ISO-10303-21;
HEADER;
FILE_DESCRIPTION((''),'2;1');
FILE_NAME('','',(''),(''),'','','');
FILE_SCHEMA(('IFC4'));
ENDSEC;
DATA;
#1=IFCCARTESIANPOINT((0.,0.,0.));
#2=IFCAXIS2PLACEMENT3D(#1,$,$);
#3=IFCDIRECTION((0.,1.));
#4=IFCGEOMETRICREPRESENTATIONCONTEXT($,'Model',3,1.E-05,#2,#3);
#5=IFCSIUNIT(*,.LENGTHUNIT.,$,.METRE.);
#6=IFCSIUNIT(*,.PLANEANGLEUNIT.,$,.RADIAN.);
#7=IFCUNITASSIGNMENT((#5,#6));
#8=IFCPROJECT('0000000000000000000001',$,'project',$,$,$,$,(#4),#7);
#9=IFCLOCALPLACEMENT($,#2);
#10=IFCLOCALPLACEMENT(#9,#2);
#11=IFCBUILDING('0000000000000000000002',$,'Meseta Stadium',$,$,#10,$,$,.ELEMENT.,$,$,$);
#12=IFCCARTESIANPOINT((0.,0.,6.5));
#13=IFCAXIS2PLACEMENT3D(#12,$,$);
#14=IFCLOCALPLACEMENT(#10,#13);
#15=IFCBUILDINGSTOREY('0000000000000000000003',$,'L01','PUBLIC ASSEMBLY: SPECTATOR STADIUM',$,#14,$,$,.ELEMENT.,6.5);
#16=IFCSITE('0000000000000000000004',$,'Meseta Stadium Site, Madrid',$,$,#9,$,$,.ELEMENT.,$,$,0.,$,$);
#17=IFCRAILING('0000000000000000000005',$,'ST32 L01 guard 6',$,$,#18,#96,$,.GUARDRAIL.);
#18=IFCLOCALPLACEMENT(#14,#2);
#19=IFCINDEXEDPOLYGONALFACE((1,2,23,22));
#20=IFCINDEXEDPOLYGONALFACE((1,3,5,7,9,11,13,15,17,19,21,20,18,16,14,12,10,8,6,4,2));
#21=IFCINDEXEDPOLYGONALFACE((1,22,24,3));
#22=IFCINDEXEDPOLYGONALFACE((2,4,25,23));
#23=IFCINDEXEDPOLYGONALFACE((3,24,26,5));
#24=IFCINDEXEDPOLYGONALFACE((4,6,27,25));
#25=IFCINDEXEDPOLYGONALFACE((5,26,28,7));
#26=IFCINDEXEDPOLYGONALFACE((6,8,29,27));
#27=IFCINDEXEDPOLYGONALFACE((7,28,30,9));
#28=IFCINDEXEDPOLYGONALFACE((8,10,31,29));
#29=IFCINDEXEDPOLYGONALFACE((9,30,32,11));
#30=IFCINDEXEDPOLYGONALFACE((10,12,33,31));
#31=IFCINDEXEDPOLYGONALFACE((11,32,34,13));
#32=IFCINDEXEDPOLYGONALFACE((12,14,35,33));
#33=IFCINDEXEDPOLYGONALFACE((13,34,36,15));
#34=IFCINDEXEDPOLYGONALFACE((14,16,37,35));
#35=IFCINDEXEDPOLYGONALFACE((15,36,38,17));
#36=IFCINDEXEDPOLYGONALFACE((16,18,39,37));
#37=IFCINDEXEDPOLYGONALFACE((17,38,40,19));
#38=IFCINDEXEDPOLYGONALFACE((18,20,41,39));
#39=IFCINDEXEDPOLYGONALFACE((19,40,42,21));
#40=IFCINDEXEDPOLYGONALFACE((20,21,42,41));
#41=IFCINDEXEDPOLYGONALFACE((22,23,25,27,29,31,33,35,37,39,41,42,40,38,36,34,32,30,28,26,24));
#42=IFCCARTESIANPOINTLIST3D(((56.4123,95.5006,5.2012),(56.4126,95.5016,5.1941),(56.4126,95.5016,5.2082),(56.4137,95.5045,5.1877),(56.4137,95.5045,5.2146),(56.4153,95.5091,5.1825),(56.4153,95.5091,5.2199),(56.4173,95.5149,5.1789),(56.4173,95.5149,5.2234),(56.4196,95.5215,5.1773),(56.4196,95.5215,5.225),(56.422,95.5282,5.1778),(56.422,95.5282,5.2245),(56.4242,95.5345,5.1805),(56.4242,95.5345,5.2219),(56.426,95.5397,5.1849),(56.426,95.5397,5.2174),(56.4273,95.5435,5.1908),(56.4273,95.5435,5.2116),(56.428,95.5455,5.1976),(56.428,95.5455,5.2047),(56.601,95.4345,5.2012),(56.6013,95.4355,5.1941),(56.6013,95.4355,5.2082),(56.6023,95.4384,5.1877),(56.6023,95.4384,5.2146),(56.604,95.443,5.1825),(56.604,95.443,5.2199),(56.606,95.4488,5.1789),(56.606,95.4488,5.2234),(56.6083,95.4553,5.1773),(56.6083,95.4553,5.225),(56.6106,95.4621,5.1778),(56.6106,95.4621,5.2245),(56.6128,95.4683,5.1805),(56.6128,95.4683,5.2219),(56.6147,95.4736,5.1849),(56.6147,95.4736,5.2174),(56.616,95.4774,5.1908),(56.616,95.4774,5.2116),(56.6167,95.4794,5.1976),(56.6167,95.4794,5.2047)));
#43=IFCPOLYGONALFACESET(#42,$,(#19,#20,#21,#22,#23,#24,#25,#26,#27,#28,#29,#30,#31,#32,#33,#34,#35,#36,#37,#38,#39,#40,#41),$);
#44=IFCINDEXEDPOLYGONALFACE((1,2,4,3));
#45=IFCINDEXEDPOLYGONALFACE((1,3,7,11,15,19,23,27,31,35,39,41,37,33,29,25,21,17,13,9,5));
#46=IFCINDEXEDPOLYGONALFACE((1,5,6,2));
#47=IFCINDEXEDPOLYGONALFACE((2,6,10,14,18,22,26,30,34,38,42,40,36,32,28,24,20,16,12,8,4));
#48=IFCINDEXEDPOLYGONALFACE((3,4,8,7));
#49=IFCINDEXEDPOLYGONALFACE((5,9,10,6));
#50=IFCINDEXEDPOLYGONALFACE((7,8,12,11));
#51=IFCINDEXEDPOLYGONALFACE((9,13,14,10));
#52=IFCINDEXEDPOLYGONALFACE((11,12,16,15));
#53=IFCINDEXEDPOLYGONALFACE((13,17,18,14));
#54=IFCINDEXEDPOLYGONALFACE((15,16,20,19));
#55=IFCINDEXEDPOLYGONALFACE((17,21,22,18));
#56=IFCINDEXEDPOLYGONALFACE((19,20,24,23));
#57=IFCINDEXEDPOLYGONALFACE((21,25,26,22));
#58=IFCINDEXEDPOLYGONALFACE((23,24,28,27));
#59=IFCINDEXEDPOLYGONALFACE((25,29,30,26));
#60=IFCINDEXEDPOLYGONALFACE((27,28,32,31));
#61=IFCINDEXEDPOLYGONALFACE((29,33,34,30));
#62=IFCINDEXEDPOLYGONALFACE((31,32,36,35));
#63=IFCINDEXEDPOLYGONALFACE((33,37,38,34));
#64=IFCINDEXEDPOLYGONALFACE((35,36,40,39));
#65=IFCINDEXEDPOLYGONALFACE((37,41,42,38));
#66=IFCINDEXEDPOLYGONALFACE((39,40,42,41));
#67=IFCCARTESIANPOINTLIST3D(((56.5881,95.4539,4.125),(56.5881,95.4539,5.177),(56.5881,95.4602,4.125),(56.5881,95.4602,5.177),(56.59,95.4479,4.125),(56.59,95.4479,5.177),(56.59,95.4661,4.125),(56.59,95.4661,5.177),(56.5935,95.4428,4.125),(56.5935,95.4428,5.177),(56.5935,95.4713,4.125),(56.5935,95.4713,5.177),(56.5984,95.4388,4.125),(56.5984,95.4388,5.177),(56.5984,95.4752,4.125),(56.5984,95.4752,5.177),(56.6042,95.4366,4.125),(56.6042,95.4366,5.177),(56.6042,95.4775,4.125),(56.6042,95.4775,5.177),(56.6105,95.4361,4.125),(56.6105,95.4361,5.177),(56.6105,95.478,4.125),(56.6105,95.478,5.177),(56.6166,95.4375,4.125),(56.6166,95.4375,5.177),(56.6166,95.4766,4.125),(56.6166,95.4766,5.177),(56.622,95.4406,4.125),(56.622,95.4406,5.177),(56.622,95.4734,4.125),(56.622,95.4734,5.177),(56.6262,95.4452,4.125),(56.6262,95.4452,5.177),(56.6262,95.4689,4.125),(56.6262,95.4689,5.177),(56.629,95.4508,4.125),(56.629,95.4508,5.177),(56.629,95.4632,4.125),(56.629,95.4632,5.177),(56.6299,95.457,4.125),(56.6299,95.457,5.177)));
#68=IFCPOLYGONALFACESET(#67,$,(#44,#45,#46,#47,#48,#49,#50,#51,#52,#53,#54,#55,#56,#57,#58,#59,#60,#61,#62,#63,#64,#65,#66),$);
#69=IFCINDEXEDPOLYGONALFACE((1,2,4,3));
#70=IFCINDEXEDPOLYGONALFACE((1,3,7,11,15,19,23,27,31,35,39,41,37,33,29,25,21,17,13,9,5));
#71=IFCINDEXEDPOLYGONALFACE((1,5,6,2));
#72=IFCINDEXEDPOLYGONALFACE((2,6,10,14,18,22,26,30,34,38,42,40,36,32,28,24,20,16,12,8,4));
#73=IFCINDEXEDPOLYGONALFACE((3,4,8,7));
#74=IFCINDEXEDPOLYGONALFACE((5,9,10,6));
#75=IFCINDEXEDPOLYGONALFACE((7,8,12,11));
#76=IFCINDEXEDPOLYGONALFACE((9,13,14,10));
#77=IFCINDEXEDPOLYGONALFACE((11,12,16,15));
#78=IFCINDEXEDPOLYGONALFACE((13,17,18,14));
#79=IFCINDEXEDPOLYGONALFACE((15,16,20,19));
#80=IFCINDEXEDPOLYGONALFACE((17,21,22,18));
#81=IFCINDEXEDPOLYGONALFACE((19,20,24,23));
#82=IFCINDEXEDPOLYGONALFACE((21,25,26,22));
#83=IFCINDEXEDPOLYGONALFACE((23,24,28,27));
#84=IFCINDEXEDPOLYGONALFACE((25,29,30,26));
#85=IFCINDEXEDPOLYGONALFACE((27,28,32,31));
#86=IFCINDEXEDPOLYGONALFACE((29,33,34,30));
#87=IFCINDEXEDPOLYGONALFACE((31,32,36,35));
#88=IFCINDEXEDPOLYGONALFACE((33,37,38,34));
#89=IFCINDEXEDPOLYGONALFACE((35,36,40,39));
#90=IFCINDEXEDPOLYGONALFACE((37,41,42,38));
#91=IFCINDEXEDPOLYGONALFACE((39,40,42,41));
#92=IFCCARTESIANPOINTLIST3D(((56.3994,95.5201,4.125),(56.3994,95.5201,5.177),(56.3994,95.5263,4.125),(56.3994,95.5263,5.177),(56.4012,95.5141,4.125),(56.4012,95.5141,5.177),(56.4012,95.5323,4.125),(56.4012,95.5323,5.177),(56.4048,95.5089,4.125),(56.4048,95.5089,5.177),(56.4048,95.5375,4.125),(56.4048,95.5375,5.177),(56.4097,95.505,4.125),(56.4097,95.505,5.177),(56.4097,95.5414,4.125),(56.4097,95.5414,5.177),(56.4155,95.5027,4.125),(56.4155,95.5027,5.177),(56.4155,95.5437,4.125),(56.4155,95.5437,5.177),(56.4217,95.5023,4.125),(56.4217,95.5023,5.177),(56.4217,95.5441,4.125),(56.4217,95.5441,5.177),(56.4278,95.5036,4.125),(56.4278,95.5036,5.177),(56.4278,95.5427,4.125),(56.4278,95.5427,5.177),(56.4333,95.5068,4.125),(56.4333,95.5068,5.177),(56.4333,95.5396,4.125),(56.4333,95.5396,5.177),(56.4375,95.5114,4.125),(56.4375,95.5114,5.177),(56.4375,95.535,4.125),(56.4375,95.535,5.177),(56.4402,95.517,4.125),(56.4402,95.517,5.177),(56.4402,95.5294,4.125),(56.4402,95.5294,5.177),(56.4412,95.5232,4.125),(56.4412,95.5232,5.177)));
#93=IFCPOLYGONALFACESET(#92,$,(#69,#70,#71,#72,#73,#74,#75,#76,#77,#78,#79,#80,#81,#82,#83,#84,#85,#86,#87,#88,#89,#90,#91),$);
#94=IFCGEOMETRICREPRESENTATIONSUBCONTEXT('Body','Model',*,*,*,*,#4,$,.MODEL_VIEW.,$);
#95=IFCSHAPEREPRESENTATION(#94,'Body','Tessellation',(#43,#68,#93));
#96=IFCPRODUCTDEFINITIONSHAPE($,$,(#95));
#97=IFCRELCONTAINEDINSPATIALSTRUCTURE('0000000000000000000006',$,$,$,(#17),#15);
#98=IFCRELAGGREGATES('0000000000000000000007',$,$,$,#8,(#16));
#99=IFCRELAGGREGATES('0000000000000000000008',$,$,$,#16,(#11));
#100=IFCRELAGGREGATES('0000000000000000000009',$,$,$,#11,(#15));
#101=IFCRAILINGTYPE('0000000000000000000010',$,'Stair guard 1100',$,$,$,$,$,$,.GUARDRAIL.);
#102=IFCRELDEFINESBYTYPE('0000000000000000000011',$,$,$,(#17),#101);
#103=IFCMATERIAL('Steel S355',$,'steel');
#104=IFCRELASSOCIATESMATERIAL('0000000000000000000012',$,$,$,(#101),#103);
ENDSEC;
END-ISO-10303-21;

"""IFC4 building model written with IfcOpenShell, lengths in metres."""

from ifc_helpers import new_model, si_unit, direction, frame, origin, origin_2d, place, context, subcontext, project, spatial, circle, extrude, material, type_object, element, save


model = new_model("IFC4")

# Units and contexts
model_context = context("Model", 3, precision=1e-05, world=origin(), true_north=direction((0.0, 1.0)))
body_context = subcontext(model_context, "Body", "Model", "MODEL_VIEW")
ifc_project = project(units=[si_unit("LENGTHUNIT", "METRE"), si_unit("PLANEANGLEUNIT", "RADIAN")], contexts=[model_context])

# Site, building, storey
site_placement = place(None, origin())
site = spatial("IfcSite", under=ifc_project, at=site_placement, Name="Meseta Stadium Site, Madrid", CompositionType="ELEMENT", RefElevation=0.0)
building_placement = place(site_placement, origin())
building = spatial("IfcBuilding", under=site, at=building_placement, Name="Meseta Stadium", CompositionType="ELEMENT")
storey_placement = place(building_placement, frame((0.0, 0.0, 6.5)))
storey = spatial("IfcBuildingStorey", under=building, at=storey_placement, Name="L01", Description="PUBLIC ASSEMBLY: SPECTATOR STADIUM", CompositionType="ELEMENT", Elevation=6.5)

# Railing
ifc_material_1 = material(Name="Steel S355", Category="steel")
railing_type_1 = type_object("IfcRailingType", Name="Stair guard 1100", PredefinedType="GUARDRAIL", material=ifc_material_1)
railing_1_placement = place(storey_placement, frame((56.6089, 95.457, 4.125)))
element("IfcRailing", 1, at=railing_1_placement, inside=storey, type_object=railing_type_1, Name="ST32 L01 guard 6", PredefinedType="GUARDRAIL", context=body_context, shape_type="SweptSolid", body=[
    extrude(circle(Radius=0.0239, at=origin_2d()), frame((0.0, 0.0, 1.0762), z_axis=(-0.943687, 0.33084, 0.0), x_axis=(-0.33084, -0.943687, 0.0)), (0.0, 0.0, 1.0), 0.2),
    extrude(circle(Radius=0.021, at=origin_2d()), origin(), (0.0, 0.0, 1.0), 1.052),
    extrude(circle(Radius=0.021, at=origin_2d()), frame((-0.1887, 0.0662, 0.0)), (0.0, 0.0, 1.0), 1.052),
])

save(model, "model.ifc")
